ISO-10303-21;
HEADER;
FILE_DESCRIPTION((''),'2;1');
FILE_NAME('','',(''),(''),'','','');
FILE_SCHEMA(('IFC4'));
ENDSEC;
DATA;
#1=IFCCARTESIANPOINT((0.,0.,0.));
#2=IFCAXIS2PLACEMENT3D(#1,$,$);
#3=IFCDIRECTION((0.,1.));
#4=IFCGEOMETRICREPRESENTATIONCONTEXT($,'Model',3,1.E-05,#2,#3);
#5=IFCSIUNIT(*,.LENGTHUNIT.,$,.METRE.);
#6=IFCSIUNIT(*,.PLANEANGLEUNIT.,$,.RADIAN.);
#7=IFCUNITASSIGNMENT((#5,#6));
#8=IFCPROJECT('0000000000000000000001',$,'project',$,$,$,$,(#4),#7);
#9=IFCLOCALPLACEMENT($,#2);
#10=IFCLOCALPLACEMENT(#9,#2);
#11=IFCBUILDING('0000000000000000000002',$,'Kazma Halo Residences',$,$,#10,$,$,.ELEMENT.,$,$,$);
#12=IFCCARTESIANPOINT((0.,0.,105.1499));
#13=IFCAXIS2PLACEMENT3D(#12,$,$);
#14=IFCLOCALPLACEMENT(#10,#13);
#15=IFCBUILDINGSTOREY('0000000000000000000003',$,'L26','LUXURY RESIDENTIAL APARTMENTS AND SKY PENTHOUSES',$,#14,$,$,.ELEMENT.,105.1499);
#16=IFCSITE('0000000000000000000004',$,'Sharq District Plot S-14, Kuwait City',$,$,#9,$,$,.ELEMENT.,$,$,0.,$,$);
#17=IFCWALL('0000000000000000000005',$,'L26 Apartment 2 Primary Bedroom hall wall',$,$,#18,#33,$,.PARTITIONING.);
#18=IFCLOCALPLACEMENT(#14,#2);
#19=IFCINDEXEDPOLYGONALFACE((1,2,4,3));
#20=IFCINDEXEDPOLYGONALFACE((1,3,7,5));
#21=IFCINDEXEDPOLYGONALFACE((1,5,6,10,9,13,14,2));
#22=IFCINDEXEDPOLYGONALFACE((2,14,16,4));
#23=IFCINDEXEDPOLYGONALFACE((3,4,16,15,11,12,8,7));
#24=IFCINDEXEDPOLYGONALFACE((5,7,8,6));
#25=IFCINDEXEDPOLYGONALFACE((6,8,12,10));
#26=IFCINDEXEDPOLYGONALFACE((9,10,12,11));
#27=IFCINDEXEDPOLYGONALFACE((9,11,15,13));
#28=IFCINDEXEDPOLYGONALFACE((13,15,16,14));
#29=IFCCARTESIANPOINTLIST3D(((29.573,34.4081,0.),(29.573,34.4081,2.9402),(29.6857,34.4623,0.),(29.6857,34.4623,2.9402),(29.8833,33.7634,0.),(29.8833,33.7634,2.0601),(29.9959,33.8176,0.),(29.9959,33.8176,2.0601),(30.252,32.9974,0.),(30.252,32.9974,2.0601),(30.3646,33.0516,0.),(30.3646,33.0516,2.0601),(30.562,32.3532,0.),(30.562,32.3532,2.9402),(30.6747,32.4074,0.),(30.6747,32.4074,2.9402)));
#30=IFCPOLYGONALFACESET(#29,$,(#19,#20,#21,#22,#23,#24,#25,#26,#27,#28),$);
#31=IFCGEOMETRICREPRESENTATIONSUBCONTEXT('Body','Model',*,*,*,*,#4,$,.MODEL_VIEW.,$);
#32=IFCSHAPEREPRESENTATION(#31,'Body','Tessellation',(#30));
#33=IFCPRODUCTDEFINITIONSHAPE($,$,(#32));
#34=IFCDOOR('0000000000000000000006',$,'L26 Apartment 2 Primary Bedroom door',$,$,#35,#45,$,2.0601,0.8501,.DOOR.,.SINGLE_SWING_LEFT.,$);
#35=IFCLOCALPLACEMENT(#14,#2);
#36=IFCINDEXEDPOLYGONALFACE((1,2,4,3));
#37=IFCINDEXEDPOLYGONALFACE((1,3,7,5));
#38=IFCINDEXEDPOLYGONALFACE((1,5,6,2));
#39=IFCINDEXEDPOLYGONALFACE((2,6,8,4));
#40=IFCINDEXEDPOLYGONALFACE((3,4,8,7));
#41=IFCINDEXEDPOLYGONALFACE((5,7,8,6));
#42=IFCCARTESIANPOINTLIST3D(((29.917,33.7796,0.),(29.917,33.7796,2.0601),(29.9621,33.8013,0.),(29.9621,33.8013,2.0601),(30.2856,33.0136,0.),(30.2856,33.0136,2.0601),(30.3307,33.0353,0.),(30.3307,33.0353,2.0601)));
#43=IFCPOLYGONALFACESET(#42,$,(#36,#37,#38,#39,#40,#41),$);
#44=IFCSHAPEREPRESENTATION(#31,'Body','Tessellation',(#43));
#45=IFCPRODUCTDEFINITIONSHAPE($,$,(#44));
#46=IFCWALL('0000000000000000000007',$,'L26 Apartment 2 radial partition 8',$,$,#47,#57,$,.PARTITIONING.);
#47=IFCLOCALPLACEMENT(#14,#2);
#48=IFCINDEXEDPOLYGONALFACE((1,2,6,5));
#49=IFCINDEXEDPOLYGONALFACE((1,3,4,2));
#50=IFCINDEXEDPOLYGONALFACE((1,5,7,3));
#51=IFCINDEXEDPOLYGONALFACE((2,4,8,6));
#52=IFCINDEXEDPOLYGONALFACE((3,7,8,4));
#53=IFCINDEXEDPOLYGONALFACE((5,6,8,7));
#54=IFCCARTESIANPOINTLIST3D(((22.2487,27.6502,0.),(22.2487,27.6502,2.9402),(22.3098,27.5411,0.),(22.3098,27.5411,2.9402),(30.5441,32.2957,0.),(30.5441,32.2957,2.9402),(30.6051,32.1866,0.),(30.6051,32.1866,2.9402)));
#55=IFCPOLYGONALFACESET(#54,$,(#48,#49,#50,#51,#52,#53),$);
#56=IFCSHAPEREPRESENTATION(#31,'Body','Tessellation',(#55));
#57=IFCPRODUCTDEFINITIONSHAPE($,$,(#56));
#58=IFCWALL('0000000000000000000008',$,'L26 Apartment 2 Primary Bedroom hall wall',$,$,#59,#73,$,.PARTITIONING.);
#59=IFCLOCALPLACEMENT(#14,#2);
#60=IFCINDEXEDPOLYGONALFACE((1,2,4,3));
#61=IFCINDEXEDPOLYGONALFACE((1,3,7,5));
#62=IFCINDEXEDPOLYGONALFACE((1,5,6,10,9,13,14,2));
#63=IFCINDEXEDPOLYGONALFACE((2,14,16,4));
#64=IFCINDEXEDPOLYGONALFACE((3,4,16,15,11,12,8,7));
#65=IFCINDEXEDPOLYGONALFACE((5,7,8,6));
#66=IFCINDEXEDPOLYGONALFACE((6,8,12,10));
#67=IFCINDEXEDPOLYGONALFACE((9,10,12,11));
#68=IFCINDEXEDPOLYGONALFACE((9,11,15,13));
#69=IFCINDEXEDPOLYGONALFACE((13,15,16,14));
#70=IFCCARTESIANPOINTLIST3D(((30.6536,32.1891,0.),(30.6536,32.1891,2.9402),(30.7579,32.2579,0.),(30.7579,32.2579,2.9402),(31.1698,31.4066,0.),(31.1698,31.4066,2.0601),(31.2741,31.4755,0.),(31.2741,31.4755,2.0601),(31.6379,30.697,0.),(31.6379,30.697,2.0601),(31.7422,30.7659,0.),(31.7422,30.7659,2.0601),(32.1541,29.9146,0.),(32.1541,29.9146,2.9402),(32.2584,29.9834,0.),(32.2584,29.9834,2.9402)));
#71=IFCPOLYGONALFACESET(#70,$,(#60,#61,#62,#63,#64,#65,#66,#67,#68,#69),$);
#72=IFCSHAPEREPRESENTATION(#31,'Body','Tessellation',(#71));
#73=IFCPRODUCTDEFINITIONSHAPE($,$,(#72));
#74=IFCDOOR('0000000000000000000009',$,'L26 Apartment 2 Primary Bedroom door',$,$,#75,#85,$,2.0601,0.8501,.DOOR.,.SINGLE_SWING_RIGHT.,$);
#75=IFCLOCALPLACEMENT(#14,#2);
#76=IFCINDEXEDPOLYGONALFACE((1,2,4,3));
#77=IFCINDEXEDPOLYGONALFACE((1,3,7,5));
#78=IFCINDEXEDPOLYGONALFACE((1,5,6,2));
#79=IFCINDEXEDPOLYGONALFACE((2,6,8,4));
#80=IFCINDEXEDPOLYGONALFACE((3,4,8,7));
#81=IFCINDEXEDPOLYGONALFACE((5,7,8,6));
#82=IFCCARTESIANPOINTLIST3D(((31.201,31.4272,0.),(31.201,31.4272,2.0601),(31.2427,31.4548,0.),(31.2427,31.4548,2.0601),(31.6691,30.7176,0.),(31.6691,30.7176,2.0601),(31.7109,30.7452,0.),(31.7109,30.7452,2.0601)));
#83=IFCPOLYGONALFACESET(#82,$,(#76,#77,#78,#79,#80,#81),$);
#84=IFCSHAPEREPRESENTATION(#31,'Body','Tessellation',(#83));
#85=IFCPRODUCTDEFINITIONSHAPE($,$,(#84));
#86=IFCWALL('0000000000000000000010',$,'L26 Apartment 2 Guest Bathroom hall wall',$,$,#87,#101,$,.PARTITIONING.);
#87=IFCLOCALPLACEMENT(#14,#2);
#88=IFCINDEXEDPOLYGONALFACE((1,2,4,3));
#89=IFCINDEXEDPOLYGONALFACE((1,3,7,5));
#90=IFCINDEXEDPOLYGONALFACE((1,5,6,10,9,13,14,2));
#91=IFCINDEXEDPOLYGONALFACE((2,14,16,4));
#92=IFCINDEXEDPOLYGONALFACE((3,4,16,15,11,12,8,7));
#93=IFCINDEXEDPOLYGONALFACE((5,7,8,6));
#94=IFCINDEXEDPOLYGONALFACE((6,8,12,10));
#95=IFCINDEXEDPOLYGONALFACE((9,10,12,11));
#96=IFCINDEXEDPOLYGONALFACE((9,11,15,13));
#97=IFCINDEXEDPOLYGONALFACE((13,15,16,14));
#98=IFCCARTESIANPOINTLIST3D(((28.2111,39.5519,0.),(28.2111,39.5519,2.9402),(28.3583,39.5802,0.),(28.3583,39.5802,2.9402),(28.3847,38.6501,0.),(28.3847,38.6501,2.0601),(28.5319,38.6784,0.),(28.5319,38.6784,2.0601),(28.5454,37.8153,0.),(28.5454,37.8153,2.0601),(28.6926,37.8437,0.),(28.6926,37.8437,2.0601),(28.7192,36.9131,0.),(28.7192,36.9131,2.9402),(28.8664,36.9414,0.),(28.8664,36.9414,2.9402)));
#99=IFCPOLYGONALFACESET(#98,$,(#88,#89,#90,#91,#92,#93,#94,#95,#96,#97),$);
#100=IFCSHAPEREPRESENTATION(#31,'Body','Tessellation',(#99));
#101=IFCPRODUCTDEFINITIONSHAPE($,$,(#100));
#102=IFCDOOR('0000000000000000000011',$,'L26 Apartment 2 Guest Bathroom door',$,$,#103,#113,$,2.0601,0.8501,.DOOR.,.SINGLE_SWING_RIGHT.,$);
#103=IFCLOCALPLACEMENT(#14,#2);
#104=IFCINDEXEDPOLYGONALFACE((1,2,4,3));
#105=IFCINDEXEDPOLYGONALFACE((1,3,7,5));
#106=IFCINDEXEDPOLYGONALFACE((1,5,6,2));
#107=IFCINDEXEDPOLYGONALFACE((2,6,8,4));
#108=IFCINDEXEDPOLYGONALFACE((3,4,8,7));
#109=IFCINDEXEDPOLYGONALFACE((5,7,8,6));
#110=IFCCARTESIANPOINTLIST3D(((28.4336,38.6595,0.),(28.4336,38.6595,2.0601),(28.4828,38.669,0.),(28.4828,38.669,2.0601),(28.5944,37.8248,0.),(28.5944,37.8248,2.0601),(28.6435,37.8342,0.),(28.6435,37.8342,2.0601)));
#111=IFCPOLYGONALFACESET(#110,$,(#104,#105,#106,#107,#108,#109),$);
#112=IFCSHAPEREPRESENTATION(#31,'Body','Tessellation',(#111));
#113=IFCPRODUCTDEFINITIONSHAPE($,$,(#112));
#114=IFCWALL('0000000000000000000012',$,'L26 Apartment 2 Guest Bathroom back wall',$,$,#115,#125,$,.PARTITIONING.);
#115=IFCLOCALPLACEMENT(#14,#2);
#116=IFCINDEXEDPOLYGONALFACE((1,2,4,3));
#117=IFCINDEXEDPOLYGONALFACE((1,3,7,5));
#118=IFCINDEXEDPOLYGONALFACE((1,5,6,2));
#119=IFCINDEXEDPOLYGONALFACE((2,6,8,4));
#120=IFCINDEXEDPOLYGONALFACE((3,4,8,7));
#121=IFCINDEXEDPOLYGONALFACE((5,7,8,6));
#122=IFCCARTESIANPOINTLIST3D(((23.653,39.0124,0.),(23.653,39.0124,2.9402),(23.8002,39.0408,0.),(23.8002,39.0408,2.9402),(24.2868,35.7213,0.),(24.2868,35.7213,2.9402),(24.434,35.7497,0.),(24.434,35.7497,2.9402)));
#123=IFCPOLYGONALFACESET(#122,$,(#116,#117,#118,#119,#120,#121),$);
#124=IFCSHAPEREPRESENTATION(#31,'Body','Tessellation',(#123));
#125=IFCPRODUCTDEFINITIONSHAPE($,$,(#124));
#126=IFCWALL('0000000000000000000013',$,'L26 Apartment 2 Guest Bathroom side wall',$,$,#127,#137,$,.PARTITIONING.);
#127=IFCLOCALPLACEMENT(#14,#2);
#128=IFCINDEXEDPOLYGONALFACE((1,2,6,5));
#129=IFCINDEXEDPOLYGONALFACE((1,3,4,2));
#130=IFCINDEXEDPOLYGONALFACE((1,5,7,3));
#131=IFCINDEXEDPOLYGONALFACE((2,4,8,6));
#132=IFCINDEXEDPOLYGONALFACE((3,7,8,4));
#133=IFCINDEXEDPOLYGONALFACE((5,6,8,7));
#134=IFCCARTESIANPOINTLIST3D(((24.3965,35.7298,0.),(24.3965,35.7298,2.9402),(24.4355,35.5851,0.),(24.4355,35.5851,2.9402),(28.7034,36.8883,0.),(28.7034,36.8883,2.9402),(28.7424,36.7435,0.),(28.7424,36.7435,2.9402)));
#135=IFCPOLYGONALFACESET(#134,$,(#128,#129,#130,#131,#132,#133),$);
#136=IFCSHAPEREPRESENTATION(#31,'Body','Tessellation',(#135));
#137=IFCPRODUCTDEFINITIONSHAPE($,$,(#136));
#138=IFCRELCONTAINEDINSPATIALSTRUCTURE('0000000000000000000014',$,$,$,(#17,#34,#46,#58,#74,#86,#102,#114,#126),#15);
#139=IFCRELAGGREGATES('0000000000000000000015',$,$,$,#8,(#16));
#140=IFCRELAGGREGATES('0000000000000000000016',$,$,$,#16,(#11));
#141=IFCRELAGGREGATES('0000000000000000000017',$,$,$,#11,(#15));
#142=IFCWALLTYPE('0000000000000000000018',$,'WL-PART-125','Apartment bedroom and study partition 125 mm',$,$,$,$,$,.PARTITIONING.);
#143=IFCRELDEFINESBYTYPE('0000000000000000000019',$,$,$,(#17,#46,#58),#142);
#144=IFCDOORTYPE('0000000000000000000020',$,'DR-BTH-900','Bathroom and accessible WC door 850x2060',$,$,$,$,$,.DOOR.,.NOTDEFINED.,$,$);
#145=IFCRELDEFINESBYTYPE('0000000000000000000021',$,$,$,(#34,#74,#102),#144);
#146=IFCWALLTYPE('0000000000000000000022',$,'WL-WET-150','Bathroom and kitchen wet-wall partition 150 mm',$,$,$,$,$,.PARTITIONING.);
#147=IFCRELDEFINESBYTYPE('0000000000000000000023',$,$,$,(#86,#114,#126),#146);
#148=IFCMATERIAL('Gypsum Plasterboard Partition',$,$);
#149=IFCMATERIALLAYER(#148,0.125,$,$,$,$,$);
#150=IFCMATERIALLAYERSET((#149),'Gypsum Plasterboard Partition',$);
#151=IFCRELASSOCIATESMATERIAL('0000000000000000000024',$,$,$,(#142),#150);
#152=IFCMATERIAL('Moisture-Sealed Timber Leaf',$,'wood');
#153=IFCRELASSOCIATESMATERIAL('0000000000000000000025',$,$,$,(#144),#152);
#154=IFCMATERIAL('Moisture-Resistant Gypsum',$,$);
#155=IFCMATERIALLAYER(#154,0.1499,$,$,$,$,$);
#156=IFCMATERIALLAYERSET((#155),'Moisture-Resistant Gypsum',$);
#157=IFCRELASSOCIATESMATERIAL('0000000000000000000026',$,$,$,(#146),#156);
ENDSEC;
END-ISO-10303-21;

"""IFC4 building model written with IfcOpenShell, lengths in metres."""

from ifc_helpers import new_model, si_unit, direction, frame, frame_2d, origin, place, context, subcontext, project, spatial, rectangle, extrude, material, layer, layer_set, type_object, element, fill, save


model = new_model("IFC4")

# Units and contexts
model_context = context("Model", 3, precision=1e-05, world=origin(), true_north=direction((0.0, 1.0)))
body_context = subcontext(model_context, "Body", "Model", "MODEL_VIEW")
ifc_project = project(units=[si_unit("LENGTHUNIT", "METRE"), si_unit("PLANEANGLEUNIT", "RADIAN")], contexts=[model_context])

# Site, building, storey
site_placement = place(None, origin())
site = spatial("IfcSite", under=ifc_project, at=site_placement, Name="Sharq District Plot S-14, Kuwait City", CompositionType="ELEMENT", RefElevation=0.0)
building_placement = place(site_placement, origin())
building = spatial("IfcBuilding", under=site, at=building_placement, Name="Kazma Halo Residences", CompositionType="ELEMENT")
storey_placement = place(building_placement, frame((0.0, 0.0, 105.1499)))
storey = spatial("IfcBuildingStorey", under=building, at=storey_placement, Name="L26", Description="LUXURY RESIDENTIAL APARTMENTS AND SKY PENTHOUSES", CompositionType="ELEMENT", Elevation=105.1499)

# Shared definitions
ifc_material_1 = material(Name="Gypsum Plasterboard Partition")
ifc_layer_1 = layer(ifc_material_1, 0.125)
ifc_layer_set_1 = layer_set([ifc_layer_1], Name="Gypsum Plasterboard Partition")
wall_type_1 = type_object("IfcWallType", Name="WL-PART-125", Description="Apartment bedroom and study partition 125 mm", PredefinedType="PARTITIONING", material=ifc_layer_set_1)
ifc_material_2 = material(Name="Moisture-Sealed Timber Leaf", Category="wood")
door_type = type_object("IfcDoorType", Name="DR-BTH-900", Description="Bathroom and accessible WC door 850x2060", OperationType="NOTDEFINED", PredefinedType="DOOR", material=ifc_material_2)

# Wall, opening, door
wall_1_placement = place(storey_placement, frame((29.6294, 34.4351, 0.0), z_axis=(0.0, 0.0, 1.0), x_axis=(0.433674, -0.90107, 0.0)))
wall_1 = element("IfcWall", 1, at=wall_1_placement, inside=storey, type_object=wall_type_1, Name="L26 Apartment 2 Primary Bedroom hall wall", PredefinedType="PARTITIONING", context=body_context, shape_type="SweptSolid", body=[
    extrude(rectangle(XDim=2.2805, YDim=0.125, at=frame_2d((1.1401, 0.0))), origin(), (0.0, 0.0, 1.0), 2.9402),
])
opening_1_placement = place(wall_1_placement, frame((0.7153, 0.0, 0.0)))
opening_1 = element("IfcOpeningElement", 2, at=opening_1_placement, cuts=wall_1, PredefinedType="OPENING", context=body_context, shape_type="SweptSolid", body=[
    extrude(rectangle(XDim=0.8501, YDim=2.0601, at=frame_2d((0.425, 1.03))), frame((0.0, 0.0725, 0.0), z_axis=(0.0, -1.0, 0.0), x_axis=(1.0, 0.0, 0.0)), (0.0, 0.0, 1.0), 0.145),
])
door_1_placement = place(opening_1_placement, origin())
door_1 = element("IfcDoor", 3, at=door_1_placement, inside=storey, type_object=door_type, Name="L26 Apartment 2 Primary Bedroom door", OperationType="SINGLE_SWING_LEFT", OverallHeight=2.0601, OverallWidth=0.8501, PredefinedType="DOOR", context=body_context, shape_type="SweptSolid", body=[
    extrude(rectangle(XDim=0.8501, YDim=2.0601, at=frame_2d((0.425, 1.03))), frame((0.0, 0.0249, 0.0), z_axis=(0.0, -1.0, 0.0), x_axis=(1.0, 0.0, 0.0)), (0.0, 0.0, 1.0), 0.05),
])
fill(opening_1, door_1)

# Wall
wall_2_placement = place(storey_placement, frame((30.5747, 32.2412, 0.0), z_axis=(0.0, 0.0, 1.0), x_axis=(-0.872503, -0.48861, 0.0)))
element("IfcWall", 4, at=wall_2_placement, inside=storey, type_object=wall_type_1, Name="L26 Apartment 2 radial partition 8", PredefinedType="PARTITIONING", context=body_context, shape_type="SweptSolid", body=[
    extrude(rectangle(XDim=9.5076, YDim=0.125, at=frame_2d((4.7539, 0.0))), origin(), (0.0, 0.0, 1.0), 2.9402),
])

# Walls, openings, doors
wall_3_placement = place(storey_placement, frame((30.7058, 32.2234, 0.0), z_axis=(0.0, 0.0, 1.0), x_axis=(0.550682, -0.834715, 0.0)))
wall_3 = element("IfcWall", 5, at=wall_3_placement, inside=storey, type_object=wall_type_1, Name="L26 Apartment 2 Primary Bedroom hall wall", PredefinedType="PARTITIONING", context=body_context, shape_type="SweptSolid", body=[
    extrude(rectangle(XDim=2.7249, YDim=0.125, at=frame_2d((1.3623, 0.0))), origin(), (0.0, 0.0, 1.0), 2.9402),
])
opening_2_placement = place(wall_3_placement, frame((0.9373, 0.0, 0.0)))
opening_2 = element("IfcOpeningElement", 6, at=opening_2_placement, cuts=wall_3, PredefinedType="OPENING", context=body_context, shape_type="SweptSolid", body=[
    extrude(rectangle(XDim=0.8501, YDim=2.0601, at=frame_2d((0.425, 1.03))), frame((0.0, 0.0725, 0.0), z_axis=(0.0, -1.0, 0.0), x_axis=(1.0, 0.0, 0.0)), (0.0, 0.0, 1.0), 0.145),
])
door_2_placement = place(opening_2_placement, origin())
door_2 = element("IfcDoor", 7, at=door_2_placement, inside=storey, type_object=door_type, Name="L26 Apartment 2 Primary Bedroom door", OperationType="SINGLE_SWING_RIGHT", OverallHeight=2.0601, OverallWidth=0.8501, PredefinedType="DOOR", context=body_context, shape_type="SweptSolid", body=[
    extrude(rectangle(XDim=0.8501, YDim=2.0601, at=frame_2d((0.425, 1.03))), frame((0.0, 0.0249, 0.0), z_axis=(0.0, -1.0, 0.0), x_axis=(1.0, 0.0, 0.0)), (0.0, 0.0, 1.0), 0.05),
])
fill(opening_2, door_2)
ifc_material_3 = material(Name="Moisture-Resistant Gypsum")
ifc_layer_2 = layer(ifc_material_3, 0.1499)
ifc_layer_set_2 = layer_set([ifc_layer_2], Name="Moisture-Resistant Gypsum")
wall_type_2 = type_object("IfcWallType", Name="WL-WET-150", Description="Bathroom and kitchen wet-wall partition 150 mm", PredefinedType="PARTITIONING", material=ifc_layer_set_2)
wall_4_placement = place(storey_placement, frame((28.2847, 39.5662, 0.0), z_axis=(0.0, 0.0, 1.0), x_axis=(0.18907, -0.981964, 0.0)))
wall_4 = element("IfcWall", 8, at=wall_4_placement, inside=storey, type_object=wall_type_2, Name="L26 Apartment 2 Guest Bathroom hall wall", PredefinedType="PARTITIONING", context=body_context, shape_type="SweptSolid", body=[
    extrude(rectangle(XDim=2.6873, YDim=0.1499, at=frame_2d((1.3438, 0.0))), origin(), (0.0, 0.0, 1.0), 2.9402),
])
opening_3_placement = place(wall_4_placement, frame((0.9185, 0.0, 0.0)))
opening_3 = element("IfcOpeningElement", 9, at=opening_3_placement, cuts=wall_4, PredefinedType="OPENING", context=body_context, shape_type="SweptSolid", body=[
    extrude(rectangle(XDim=0.8501, YDim=2.0601, at=frame_2d((0.425, 1.03))), frame((0.0, 0.085, 0.0), z_axis=(0.0, -1.0, 0.0), x_axis=(1.0, 0.0, 0.0)), (0.0, 0.0, 1.0), 0.1699),
])
door_3_placement = place(opening_3_placement, origin())
door_3 = element("IfcDoor", 10, at=door_3_placement, inside=storey, type_object=door_type, Name="L26 Apartment 2 Guest Bathroom door", OperationType="SINGLE_SWING_RIGHT", OverallHeight=2.0601, OverallWidth=0.8501, PredefinedType="DOOR", context=body_context, shape_type="SweptSolid", body=[
    extrude(rectangle(XDim=0.8501, YDim=2.0601, at=frame_2d((0.425, 1.03))), frame((0.0, 0.0249, 0.0), z_axis=(0.0, -1.0, 0.0), x_axis=(1.0, 0.0, 0.0)), (0.0, 0.0, 1.0), 0.05),
])
fill(opening_3, door_3)

# Walls
wall_5_placement = place(storey_placement, frame((23.7266, 39.0266, 0.0), z_axis=(0.0, 0.0, 1.0), x_axis=(0.189107, -0.981957, 0.0)))
element("IfcWall", 11, at=wall_5_placement, inside=storey, type_object=wall_type_2, Name="L26 Apartment 2 Guest Bathroom back wall", PredefinedType="PARTITIONING", context=body_context, shape_type="SweptSolid", body=[
    extrude(rectangle(XDim=3.3516, YDim=0.1499, at=frame_2d((1.6758, 0.0))), origin(), (0.0, 0.0, 1.0), 2.9402),
])
wall_6_placement = place(storey_placement, frame((28.7229, 36.8159, 0.0), z_axis=(0.0, 0.0, 1.0), x_axis=(-0.965678, -0.259744, 0.0)))
element("IfcWall", 12, at=wall_6_placement, inside=storey, type_object=wall_type_2, Name="L26 Apartment 2 Guest Bathroom side wall", PredefinedType="PARTITIONING", context=body_context, shape_type="SweptSolid", body=[
    extrude(rectangle(XDim=4.46, YDim=0.1499, at=frame_2d((2.23, 0.0))), origin(), (0.0, 0.0, 1.0), 2.9402),
])

save(model, "model.ifc")
